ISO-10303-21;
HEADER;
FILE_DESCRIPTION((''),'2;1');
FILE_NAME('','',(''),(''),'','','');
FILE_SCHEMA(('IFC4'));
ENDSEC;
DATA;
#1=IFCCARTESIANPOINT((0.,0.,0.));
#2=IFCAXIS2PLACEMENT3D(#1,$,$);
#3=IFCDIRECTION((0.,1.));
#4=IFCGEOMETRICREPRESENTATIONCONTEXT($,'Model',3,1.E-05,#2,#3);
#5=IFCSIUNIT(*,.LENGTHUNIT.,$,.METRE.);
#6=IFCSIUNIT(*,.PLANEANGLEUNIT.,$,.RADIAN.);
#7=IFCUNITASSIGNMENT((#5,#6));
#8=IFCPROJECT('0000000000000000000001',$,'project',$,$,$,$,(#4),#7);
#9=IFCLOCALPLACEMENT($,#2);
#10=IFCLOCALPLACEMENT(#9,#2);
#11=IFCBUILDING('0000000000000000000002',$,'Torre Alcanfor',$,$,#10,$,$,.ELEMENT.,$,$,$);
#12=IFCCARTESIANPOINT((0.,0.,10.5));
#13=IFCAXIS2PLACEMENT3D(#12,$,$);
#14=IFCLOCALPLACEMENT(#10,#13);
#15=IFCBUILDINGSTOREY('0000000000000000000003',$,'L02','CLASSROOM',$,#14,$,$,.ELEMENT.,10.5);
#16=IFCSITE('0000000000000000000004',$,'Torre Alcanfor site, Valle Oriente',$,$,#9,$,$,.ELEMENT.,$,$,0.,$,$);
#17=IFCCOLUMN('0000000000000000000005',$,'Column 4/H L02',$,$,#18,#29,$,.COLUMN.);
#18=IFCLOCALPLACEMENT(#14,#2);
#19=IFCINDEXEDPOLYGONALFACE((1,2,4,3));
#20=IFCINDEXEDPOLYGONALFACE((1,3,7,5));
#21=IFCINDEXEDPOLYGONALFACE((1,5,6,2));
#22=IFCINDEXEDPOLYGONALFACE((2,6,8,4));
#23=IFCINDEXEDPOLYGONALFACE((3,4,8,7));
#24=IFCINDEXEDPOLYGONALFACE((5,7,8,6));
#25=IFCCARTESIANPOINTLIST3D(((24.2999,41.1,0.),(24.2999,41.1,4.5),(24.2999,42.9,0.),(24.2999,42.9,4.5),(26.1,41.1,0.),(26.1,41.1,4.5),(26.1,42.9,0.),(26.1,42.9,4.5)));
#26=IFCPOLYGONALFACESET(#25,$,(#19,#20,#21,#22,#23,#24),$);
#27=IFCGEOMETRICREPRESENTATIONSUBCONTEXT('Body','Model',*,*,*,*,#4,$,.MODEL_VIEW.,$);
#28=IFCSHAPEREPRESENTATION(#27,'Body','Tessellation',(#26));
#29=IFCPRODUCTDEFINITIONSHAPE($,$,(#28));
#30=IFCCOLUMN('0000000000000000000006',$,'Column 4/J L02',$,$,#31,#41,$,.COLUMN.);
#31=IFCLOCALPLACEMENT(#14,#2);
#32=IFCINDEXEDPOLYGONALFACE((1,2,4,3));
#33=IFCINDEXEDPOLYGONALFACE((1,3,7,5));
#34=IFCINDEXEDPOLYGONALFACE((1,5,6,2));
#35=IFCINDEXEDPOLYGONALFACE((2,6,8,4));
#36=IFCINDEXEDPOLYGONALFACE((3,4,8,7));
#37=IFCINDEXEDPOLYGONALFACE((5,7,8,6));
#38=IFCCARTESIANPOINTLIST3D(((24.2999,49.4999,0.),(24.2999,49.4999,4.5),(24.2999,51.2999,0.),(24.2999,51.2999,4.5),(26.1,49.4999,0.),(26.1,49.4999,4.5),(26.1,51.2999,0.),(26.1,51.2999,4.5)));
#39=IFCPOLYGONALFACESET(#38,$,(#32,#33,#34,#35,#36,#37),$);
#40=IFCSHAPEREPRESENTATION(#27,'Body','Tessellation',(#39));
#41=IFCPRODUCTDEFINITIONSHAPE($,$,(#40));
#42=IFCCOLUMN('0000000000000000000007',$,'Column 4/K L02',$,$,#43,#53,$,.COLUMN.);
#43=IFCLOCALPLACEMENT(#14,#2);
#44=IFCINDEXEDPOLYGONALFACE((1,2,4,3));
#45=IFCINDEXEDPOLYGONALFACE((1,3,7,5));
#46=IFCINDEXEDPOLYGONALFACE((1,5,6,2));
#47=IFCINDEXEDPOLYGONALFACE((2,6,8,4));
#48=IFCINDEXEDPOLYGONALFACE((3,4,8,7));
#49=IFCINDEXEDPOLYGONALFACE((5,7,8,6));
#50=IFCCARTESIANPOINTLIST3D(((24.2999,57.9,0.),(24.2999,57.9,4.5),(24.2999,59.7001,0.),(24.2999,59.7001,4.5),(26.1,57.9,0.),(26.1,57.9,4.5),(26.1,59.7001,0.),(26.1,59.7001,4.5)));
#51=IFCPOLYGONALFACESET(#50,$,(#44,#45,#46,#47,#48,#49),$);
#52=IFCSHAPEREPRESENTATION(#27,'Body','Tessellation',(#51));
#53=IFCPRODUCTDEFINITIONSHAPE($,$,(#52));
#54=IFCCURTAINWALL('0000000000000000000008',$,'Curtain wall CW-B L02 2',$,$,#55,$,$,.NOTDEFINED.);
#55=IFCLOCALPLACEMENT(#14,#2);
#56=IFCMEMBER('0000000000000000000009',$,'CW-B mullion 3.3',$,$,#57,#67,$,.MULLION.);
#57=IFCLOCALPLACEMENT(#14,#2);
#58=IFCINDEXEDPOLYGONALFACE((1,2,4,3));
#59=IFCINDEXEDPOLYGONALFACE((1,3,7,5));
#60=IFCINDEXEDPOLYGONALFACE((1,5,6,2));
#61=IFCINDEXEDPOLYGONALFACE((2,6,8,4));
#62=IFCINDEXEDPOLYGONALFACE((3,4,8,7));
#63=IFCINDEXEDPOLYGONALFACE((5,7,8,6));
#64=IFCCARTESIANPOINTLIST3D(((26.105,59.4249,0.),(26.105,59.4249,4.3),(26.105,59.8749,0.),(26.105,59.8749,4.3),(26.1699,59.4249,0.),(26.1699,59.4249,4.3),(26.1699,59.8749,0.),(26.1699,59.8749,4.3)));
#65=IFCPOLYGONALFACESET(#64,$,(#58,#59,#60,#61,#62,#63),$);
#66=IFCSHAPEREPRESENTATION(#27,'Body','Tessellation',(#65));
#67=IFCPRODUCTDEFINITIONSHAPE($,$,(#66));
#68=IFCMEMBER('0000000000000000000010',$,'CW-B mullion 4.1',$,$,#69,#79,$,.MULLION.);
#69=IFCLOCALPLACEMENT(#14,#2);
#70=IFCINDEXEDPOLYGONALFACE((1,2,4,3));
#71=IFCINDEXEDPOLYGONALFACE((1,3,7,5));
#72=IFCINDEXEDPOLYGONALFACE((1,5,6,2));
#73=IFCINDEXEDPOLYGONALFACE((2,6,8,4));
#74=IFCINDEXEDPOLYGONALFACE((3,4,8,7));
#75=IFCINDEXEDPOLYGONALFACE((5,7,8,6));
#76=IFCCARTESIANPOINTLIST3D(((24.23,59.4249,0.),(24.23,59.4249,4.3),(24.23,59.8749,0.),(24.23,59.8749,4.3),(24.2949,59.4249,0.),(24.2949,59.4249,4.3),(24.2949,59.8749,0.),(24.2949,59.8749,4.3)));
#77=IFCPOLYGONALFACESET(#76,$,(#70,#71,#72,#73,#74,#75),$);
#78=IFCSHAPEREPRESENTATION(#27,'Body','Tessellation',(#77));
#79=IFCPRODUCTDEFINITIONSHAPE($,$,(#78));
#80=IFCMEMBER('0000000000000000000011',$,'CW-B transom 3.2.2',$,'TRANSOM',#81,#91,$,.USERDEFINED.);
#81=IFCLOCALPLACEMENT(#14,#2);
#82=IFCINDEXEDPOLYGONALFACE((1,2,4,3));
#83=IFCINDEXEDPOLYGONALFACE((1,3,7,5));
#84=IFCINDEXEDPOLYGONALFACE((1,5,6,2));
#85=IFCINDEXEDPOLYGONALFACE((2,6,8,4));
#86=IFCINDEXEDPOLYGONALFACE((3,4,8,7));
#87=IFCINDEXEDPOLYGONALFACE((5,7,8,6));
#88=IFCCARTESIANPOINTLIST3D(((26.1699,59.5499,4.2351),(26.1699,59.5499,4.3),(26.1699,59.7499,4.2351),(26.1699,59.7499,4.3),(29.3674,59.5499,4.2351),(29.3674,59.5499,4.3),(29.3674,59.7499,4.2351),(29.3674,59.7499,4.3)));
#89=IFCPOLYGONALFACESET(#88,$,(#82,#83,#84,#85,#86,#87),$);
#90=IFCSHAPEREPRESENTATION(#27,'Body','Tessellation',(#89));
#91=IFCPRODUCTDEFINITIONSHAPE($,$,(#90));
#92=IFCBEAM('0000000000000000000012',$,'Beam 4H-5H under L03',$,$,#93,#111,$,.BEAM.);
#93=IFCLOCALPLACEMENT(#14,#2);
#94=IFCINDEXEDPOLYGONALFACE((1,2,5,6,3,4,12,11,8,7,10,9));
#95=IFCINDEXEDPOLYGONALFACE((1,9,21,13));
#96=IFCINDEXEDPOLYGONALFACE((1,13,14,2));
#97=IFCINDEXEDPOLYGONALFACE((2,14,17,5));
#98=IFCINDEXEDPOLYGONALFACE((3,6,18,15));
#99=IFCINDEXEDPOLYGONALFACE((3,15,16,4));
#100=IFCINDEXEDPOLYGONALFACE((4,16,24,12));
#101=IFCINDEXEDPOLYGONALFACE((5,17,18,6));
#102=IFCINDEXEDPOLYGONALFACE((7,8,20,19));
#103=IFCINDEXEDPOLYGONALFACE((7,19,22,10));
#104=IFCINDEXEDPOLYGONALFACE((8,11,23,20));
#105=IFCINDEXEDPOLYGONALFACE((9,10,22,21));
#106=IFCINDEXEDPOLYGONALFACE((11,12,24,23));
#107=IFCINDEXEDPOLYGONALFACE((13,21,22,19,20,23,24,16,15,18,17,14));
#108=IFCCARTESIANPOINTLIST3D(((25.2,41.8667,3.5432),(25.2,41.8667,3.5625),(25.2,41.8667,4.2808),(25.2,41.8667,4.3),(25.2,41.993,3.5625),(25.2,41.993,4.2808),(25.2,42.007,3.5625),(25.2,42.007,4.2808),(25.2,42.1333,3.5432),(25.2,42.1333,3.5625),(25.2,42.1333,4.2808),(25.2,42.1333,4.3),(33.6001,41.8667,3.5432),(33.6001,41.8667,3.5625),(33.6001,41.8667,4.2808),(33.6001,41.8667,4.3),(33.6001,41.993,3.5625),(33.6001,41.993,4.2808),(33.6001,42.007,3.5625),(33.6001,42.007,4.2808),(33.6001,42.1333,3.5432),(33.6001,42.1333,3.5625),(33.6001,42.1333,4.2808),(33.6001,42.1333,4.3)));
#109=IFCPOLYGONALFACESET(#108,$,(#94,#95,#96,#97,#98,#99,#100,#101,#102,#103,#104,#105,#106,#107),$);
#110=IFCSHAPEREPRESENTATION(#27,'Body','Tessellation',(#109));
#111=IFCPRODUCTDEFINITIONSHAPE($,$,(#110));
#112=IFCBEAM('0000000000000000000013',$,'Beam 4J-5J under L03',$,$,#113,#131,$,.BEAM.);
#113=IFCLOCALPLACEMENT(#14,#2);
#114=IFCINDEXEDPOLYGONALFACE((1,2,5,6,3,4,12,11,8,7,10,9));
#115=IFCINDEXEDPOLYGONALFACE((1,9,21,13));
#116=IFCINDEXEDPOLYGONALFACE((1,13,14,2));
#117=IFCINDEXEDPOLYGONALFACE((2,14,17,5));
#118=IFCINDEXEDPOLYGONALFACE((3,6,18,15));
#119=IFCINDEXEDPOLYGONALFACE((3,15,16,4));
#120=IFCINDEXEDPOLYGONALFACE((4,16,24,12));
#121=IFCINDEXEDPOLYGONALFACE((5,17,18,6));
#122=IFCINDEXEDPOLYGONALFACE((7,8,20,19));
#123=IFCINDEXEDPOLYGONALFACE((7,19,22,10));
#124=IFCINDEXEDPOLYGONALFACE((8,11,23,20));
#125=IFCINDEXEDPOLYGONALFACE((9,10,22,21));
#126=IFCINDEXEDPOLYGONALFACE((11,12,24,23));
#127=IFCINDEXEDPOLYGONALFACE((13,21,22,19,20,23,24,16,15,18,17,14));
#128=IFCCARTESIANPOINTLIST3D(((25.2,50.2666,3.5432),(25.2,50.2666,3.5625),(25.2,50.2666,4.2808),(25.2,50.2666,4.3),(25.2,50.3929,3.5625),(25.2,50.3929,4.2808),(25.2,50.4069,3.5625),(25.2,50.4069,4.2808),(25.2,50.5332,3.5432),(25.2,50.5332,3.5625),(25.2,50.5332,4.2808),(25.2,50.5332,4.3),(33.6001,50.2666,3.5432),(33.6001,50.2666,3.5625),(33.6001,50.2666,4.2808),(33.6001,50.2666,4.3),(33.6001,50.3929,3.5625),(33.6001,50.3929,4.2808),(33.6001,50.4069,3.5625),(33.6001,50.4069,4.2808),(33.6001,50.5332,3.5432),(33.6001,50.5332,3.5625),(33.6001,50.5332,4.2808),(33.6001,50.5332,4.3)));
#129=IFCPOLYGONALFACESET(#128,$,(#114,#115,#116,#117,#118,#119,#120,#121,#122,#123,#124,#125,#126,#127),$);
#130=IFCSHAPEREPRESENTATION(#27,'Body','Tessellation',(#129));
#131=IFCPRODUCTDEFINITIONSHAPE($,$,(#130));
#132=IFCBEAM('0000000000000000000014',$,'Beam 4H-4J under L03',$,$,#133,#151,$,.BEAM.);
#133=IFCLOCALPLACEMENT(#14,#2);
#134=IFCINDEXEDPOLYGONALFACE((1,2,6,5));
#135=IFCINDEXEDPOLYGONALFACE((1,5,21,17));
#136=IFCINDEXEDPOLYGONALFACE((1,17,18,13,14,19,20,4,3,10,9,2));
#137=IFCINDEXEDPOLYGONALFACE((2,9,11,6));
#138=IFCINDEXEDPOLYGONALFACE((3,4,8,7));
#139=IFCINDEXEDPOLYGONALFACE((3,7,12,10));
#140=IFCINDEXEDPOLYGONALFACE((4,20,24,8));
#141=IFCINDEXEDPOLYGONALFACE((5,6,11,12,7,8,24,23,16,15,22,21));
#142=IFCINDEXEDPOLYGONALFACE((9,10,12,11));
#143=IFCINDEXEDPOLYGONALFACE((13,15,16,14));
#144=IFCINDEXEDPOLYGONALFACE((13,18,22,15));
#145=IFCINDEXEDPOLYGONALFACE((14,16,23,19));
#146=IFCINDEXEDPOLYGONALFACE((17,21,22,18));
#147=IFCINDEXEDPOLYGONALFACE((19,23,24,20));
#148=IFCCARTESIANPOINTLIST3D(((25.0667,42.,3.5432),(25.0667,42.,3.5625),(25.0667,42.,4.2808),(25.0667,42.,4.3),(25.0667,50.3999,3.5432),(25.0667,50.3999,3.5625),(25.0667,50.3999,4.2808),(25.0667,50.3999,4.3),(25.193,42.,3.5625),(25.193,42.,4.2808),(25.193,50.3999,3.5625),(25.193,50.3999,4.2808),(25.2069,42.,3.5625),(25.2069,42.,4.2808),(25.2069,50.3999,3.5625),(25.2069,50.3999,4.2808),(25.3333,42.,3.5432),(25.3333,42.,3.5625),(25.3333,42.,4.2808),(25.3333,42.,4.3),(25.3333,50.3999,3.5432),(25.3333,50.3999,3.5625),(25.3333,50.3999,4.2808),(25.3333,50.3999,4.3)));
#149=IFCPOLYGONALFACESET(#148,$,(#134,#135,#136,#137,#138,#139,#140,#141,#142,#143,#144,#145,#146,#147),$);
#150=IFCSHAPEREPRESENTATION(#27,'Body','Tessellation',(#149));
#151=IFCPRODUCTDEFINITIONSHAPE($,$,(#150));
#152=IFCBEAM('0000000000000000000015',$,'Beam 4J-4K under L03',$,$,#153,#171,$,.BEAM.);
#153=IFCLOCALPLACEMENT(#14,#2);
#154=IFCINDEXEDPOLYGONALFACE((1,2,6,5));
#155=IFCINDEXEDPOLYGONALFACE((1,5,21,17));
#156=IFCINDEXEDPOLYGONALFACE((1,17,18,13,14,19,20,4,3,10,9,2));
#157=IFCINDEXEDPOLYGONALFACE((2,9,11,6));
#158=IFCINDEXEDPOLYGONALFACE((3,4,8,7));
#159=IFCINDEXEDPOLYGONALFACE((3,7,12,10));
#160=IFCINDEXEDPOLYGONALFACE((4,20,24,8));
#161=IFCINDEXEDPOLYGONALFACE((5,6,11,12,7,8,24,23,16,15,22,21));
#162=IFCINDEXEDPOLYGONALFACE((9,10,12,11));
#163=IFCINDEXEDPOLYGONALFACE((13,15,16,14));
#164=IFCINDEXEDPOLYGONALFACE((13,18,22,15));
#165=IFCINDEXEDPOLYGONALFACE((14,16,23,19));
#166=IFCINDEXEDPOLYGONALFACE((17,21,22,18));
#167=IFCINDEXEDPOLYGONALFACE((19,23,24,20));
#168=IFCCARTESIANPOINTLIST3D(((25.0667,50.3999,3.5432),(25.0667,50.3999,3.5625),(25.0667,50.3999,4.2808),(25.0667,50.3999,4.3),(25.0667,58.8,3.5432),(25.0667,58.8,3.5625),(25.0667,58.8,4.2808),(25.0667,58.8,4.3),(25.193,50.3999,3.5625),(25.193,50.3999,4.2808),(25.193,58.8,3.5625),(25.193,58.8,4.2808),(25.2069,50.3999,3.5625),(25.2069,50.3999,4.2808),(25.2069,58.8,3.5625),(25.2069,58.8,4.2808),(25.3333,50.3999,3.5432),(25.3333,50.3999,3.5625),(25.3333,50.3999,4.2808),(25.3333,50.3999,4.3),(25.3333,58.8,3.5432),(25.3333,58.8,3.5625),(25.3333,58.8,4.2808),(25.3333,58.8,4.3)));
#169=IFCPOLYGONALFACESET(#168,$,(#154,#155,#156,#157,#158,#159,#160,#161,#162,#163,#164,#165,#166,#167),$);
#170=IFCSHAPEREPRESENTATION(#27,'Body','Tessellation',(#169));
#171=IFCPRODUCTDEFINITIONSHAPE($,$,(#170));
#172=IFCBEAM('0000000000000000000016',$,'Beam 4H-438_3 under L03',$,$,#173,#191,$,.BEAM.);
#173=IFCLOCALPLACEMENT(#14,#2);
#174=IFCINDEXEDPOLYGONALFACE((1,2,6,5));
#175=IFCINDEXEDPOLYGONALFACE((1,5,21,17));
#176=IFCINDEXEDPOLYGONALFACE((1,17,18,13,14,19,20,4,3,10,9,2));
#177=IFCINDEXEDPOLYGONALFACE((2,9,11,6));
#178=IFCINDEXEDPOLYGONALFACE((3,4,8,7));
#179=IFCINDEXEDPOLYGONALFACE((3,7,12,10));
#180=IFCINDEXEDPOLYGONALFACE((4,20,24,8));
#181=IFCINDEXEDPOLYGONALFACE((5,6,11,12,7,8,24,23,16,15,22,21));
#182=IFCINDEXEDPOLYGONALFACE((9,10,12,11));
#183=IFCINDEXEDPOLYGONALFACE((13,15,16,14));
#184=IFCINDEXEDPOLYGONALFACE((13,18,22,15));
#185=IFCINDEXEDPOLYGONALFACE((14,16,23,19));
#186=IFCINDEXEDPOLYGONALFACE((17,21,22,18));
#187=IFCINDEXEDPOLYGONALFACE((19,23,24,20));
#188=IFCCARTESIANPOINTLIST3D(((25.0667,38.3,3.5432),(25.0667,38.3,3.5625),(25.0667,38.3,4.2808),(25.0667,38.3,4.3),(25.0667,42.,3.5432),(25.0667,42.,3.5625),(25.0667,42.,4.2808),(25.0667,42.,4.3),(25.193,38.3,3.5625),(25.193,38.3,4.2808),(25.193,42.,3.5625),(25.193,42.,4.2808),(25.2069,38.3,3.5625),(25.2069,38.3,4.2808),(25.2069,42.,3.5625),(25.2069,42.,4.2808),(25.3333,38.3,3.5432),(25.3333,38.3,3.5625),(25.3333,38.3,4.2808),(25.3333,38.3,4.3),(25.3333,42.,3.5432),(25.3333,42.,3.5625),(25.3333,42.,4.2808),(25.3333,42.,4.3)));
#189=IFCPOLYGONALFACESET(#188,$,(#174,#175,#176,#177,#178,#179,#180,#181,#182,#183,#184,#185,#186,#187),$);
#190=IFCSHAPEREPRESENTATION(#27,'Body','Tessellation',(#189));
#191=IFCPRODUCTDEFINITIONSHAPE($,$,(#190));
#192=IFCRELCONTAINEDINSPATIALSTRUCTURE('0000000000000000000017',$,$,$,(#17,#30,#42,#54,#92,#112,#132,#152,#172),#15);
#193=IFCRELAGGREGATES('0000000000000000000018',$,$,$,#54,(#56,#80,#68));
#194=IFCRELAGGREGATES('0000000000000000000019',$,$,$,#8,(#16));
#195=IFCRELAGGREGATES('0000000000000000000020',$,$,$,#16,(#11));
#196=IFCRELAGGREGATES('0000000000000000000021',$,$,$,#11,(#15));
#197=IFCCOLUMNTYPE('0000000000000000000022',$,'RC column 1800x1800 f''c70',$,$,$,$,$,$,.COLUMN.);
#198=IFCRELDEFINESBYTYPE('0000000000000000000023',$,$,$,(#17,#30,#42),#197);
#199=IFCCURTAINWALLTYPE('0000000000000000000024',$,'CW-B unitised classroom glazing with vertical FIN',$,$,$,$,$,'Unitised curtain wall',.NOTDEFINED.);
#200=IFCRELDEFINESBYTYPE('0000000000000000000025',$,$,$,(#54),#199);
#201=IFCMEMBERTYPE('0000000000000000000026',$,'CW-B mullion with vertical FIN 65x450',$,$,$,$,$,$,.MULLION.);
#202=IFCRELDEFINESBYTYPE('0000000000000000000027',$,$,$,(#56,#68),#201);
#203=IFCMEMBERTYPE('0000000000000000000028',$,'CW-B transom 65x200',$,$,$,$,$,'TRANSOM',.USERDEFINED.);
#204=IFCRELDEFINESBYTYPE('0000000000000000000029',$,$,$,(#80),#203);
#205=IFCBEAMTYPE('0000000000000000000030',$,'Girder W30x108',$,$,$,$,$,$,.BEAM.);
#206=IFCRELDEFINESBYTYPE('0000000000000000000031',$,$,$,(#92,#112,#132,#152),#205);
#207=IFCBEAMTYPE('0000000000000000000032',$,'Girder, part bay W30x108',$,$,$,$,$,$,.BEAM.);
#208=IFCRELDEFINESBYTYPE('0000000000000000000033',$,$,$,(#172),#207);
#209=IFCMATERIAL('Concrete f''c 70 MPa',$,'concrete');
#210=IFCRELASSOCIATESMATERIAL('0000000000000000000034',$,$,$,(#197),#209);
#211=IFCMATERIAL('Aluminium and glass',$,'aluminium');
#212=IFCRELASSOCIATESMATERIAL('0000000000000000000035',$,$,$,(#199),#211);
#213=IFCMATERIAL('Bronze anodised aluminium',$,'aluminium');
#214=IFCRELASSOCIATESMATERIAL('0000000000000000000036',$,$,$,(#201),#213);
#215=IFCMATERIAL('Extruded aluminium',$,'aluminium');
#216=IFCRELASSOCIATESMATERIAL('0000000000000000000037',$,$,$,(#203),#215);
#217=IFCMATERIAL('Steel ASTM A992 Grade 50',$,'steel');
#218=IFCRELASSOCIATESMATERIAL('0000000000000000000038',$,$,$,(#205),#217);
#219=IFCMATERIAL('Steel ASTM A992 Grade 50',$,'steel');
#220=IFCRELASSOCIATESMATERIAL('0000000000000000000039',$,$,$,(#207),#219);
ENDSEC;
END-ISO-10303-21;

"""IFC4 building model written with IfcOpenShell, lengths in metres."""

from ifc_helpers import new_model, si_unit, direction, frame, origin, origin_2d, place, context, subcontext, project, spatial, rectangle, i_section, extrude, material, material_profile, profile_set, type_object, element, aggregate, save


model = new_model("IFC4")

# Units and contexts
model_context = context("Model", 3, precision=1e-05, world=origin(), true_north=direction((0.0, 1.0)))
body_context = subcontext(model_context, "Body", "Model", "MODEL_VIEW")
ifc_project = project(units=[si_unit("LENGTHUNIT", "METRE"), si_unit("PLANEANGLEUNIT", "RADIAN")], contexts=[model_context])

# Site, building, storey
site_placement = place(None, origin())
site = spatial("IfcSite", under=ifc_project, at=site_placement, Name="Torre Alcanfor site, Valle Oriente", CompositionType="ELEMENT", RefElevation=0.0)
building_placement = place(site_placement, origin())
building = spatial("IfcBuilding", under=site, at=building_placement, Name="Torre Alcanfor", CompositionType="ELEMENT")
storey_placement = place(building_placement, frame((0.0, 0.0, 10.5)))
storey = spatial("IfcBuildingStorey", under=building, at=storey_placement, Name="L02", Description="CLASSROOM", CompositionType="ELEMENT", Elevation=10.5)

# Columns
ifc_material_1 = material(Name="Concrete f'c 70 MPa", Category="concrete")
ifc_material_profile_1 = material_profile(ifc_material_1, rectangle(XDim=1.8, YDim=1.8, at=origin_2d()), Name="1800x1800")
ifc_profile_set_1 = profile_set([ifc_material_profile_1], Name="Concrete f'c 70 MPa")
column_type = type_object("IfcColumnType", Name="RC column 1800x1800 f'c70", PredefinedType="COLUMN", material=ifc_profile_set_1)
for number, where, z_axis, x_axis, name in (
    (1, (25.2, 42.0, 0.0), (0.0, 0.0, 1.0), (1.0, 0.0, 0.0), "Column 4/H L02"),
    (2, (25.2, 50.3999, 0.0), (0.0, 0.0, 1.0), (1.0, 0.0, 0.0), "Column 4/J L02"),
    (3, (25.2, 58.8, 0.0), (0.0, 0.0, 1.0), (1.0, 0.0, 0.0), "Column 4/K L02"),
):
    element("IfcColumn", number, at=place(storey_placement, frame(where, z_axis=z_axis, x_axis=x_axis)), inside=storey, type_object=column_type, Name=name, PredefinedType="COLUMN", context=body_context, shape_type="SweptSolid", body=[
        extrude(rectangle(XDim=1.8, YDim=1.8, at=origin_2d()), origin(), (0.0, 0.0, 1.0), 4.5),
    ])

# Curtain wall, members
ifc_material_2 = material(Name="Aluminium and glass", Category="aluminium")
curtain_wall_type = type_object("IfcCurtainWallType", Name="CW-B unitised classroom glazing with vertical FIN", ElementType="Unitised curtain wall", PredefinedType="NOTDEFINED", material=ifc_material_2)
curtain_wall_placement = place(storey_placement, origin())
curtain_wall = element("IfcCurtainWall", 4, at=curtain_wall_placement, inside=storey, type_object=curtain_wall_type, Name="Curtain wall CW-B L02 2", PredefinedType="NOTDEFINED")
ifc_material_3 = material(Name="Bronze anodised aluminium", Category="aluminium")
ifc_material_profile_2 = material_profile(ifc_material_3, rectangle(XDim=0.45, YDim=0.0649, at=origin_2d()), Name="CW-B mullion 65x450")
ifc_profile_set_2 = profile_set([ifc_material_profile_2], Name="Bronze anodised aluminium")
member_type_1 = type_object("IfcMemberType", Name="CW-B mullion with vertical FIN 65x450", PredefinedType="MULLION", material=ifc_profile_set_2)
member_1_placement = place(storey_placement, frame((26.1375, 59.6499, 0.0), z_axis=(0.0, 0.0, 1.0), x_axis=(0.0, -1.0, 0.0)))
member_1 = element("IfcMember", 5, at=member_1_placement, type_object=member_type_1, Name="CW-B mullion 3.3", PredefinedType="MULLION", context=body_context, shape_type="SweptSolid", body=[
    extrude(rectangle(XDim=0.45, YDim=0.0649, at=origin_2d()), origin(), (0.0, 0.0, 1.0), 4.3),
])
member_2_placement = place(storey_placement, frame((24.2625, 59.6499, 0.0), z_axis=(0.0, 0.0, 1.0), x_axis=(0.0, -1.0, 0.0)))
member_2 = element("IfcMember", 6, at=member_2_placement, type_object=member_type_1, Name="CW-B mullion 4.1", PredefinedType="MULLION", context=body_context, shape_type="SweptSolid", body=[
    extrude(rectangle(XDim=0.45, YDim=0.0649, at=origin_2d()), origin(), (0.0, 0.0, 1.0), 4.3),
])
ifc_material_4 = material(Name="Extruded aluminium", Category="aluminium")
ifc_material_profile_3 = material_profile(ifc_material_4, rectangle(XDim=0.2, YDim=0.0649, at=origin_2d()), Name="CW-B transom 200x65")
ifc_profile_set_3 = profile_set([ifc_material_profile_3], Name="Extruded aluminium")
member_type_2 = type_object("IfcMemberType", Name="CW-B transom 65x200", ElementType="TRANSOM", PredefinedType="USERDEFINED", material=ifc_profile_set_3)
member_3_placement = place(storey_placement, frame((29.3674, 59.6499, 4.2676), z_axis=(-1.0, 0.0, 0.0), x_axis=(0.0, -1.0, 0.0)))
member_3 = element("IfcMember", 7, at=member_3_placement, type_object=member_type_2, Name="CW-B transom 3.2.2", ObjectType="TRANSOM", PredefinedType="USERDEFINED", context=body_context, shape_type="SweptSolid", body=[
    extrude(rectangle(XDim=0.2, YDim=0.0649, at=origin_2d()), origin(), (0.0, 0.0, 1.0), 3.1975),
])

# Beams
ifc_material_5 = material(Name="Steel ASTM A992 Grade 50", Category="steel")
ifc_material_profile_4 = material_profile(ifc_material_5, i_section(OverallWidth=0.2666, OverallDepth=0.7568, WebThickness=0.0139, FlangeThickness=0.0193, at=origin_2d()), Name="W30x108")
ifc_profile_set_4 = profile_set([ifc_material_profile_4], Name="Steel ASTM A992 Grade 50")
beam_type_1 = type_object("IfcBeamType", Name="Girder W30x108", PredefinedType="BEAM", material=ifc_profile_set_4)
for number, where, z_axis, x_axis, name in (
    (8, (25.2, 42.0, 3.9216), (1.0, 0.0, 0.0), (0.0, 1.0, 0.0), "Beam 4H-5H under L03"),
    (9, (25.2, 50.3999, 3.9216), (1.0, 0.0, 0.0), (0.0, 1.0, 0.0), "Beam 4J-5J under L03"),
):
    element("IfcBeam", number, at=place(storey_placement, frame(where, z_axis=z_axis, x_axis=x_axis)), inside=storey, type_object=beam_type_1, Name=name, PredefinedType="BEAM", context=body_context, shape_type="SweptSolid", body=[
        extrude(i_section(OverallWidth=0.2666, OverallDepth=0.7568, WebThickness=0.0139, FlangeThickness=0.0193, at=origin_2d()), origin(), (0.0, 0.0, 1.0), 8.4001),
    ])
beam_1_placement = place(storey_placement, frame((25.2, 42.0, 3.9216), z_axis=(0.0, 1.0, 0.0), x_axis=(-1.0, 0.0, 0.0)))
element("IfcBeam", 10, at=beam_1_placement, inside=storey, type_object=beam_type_1, Name="Beam 4H-4J under L03", PredefinedType="BEAM", context=body_context, shape_type="SweptSolid", body=[
    extrude(i_section(OverallWidth=0.2666, OverallDepth=0.7568, WebThickness=0.0139, FlangeThickness=0.0193, at=origin_2d()), origin(), (0.0, 0.0, 1.0), 8.3999),
])
beam_2_placement = place(storey_placement, frame((25.2, 50.3999, 3.9216), z_axis=(0.0, 1.0, 0.0), x_axis=(-1.0, 0.0, 0.0)))
element("IfcBeam", 11, at=beam_2_placement, inside=storey, type_object=beam_type_1, Name="Beam 4J-4K under L03", PredefinedType="BEAM", context=body_context, shape_type="SweptSolid", body=[
    extrude(i_section(OverallWidth=0.2666, OverallDepth=0.7568, WebThickness=0.0139, FlangeThickness=0.0193, at=origin_2d()), origin(), (0.0, 0.0, 1.0), 8.4001),
])
ifc_material_6 = material(Name="Steel ASTM A992 Grade 50", Category="steel")
ifc_material_profile_5 = material_profile(ifc_material_6, i_section(OverallWidth=0.2666, OverallDepth=0.7568, WebThickness=0.0139, FlangeThickness=0.0193, at=origin_2d()), Name="W30x108")
ifc_profile_set_5 = profile_set([ifc_material_profile_5], Name="Steel ASTM A992 Grade 50")
beam_type_2 = type_object("IfcBeamType", Name="Girder, part bay W30x108", PredefinedType="BEAM", material=ifc_profile_set_5)
beam_3_placement = place(storey_placement, frame((25.2, 42.0, 3.9216), z_axis=(0.0, -1.0, 0.0), x_axis=(1.0, 0.0, 0.0)))
element("IfcBeam", 12, at=beam_3_placement, inside=storey, type_object=beam_type_2, Name="Beam 4H-438_3 under L03", PredefinedType="BEAM", context=body_context, shape_type="SweptSolid", body=[
    extrude(i_section(OverallWidth=0.2666, OverallDepth=0.7568, WebThickness=0.0139, FlangeThickness=0.0193, at=origin_2d()), origin(), (0.0, 0.0, 1.0), 3.7),
])

aggregate(curtain_wall, [member_1, member_3, member_2])

save(model, "model.ifc")
